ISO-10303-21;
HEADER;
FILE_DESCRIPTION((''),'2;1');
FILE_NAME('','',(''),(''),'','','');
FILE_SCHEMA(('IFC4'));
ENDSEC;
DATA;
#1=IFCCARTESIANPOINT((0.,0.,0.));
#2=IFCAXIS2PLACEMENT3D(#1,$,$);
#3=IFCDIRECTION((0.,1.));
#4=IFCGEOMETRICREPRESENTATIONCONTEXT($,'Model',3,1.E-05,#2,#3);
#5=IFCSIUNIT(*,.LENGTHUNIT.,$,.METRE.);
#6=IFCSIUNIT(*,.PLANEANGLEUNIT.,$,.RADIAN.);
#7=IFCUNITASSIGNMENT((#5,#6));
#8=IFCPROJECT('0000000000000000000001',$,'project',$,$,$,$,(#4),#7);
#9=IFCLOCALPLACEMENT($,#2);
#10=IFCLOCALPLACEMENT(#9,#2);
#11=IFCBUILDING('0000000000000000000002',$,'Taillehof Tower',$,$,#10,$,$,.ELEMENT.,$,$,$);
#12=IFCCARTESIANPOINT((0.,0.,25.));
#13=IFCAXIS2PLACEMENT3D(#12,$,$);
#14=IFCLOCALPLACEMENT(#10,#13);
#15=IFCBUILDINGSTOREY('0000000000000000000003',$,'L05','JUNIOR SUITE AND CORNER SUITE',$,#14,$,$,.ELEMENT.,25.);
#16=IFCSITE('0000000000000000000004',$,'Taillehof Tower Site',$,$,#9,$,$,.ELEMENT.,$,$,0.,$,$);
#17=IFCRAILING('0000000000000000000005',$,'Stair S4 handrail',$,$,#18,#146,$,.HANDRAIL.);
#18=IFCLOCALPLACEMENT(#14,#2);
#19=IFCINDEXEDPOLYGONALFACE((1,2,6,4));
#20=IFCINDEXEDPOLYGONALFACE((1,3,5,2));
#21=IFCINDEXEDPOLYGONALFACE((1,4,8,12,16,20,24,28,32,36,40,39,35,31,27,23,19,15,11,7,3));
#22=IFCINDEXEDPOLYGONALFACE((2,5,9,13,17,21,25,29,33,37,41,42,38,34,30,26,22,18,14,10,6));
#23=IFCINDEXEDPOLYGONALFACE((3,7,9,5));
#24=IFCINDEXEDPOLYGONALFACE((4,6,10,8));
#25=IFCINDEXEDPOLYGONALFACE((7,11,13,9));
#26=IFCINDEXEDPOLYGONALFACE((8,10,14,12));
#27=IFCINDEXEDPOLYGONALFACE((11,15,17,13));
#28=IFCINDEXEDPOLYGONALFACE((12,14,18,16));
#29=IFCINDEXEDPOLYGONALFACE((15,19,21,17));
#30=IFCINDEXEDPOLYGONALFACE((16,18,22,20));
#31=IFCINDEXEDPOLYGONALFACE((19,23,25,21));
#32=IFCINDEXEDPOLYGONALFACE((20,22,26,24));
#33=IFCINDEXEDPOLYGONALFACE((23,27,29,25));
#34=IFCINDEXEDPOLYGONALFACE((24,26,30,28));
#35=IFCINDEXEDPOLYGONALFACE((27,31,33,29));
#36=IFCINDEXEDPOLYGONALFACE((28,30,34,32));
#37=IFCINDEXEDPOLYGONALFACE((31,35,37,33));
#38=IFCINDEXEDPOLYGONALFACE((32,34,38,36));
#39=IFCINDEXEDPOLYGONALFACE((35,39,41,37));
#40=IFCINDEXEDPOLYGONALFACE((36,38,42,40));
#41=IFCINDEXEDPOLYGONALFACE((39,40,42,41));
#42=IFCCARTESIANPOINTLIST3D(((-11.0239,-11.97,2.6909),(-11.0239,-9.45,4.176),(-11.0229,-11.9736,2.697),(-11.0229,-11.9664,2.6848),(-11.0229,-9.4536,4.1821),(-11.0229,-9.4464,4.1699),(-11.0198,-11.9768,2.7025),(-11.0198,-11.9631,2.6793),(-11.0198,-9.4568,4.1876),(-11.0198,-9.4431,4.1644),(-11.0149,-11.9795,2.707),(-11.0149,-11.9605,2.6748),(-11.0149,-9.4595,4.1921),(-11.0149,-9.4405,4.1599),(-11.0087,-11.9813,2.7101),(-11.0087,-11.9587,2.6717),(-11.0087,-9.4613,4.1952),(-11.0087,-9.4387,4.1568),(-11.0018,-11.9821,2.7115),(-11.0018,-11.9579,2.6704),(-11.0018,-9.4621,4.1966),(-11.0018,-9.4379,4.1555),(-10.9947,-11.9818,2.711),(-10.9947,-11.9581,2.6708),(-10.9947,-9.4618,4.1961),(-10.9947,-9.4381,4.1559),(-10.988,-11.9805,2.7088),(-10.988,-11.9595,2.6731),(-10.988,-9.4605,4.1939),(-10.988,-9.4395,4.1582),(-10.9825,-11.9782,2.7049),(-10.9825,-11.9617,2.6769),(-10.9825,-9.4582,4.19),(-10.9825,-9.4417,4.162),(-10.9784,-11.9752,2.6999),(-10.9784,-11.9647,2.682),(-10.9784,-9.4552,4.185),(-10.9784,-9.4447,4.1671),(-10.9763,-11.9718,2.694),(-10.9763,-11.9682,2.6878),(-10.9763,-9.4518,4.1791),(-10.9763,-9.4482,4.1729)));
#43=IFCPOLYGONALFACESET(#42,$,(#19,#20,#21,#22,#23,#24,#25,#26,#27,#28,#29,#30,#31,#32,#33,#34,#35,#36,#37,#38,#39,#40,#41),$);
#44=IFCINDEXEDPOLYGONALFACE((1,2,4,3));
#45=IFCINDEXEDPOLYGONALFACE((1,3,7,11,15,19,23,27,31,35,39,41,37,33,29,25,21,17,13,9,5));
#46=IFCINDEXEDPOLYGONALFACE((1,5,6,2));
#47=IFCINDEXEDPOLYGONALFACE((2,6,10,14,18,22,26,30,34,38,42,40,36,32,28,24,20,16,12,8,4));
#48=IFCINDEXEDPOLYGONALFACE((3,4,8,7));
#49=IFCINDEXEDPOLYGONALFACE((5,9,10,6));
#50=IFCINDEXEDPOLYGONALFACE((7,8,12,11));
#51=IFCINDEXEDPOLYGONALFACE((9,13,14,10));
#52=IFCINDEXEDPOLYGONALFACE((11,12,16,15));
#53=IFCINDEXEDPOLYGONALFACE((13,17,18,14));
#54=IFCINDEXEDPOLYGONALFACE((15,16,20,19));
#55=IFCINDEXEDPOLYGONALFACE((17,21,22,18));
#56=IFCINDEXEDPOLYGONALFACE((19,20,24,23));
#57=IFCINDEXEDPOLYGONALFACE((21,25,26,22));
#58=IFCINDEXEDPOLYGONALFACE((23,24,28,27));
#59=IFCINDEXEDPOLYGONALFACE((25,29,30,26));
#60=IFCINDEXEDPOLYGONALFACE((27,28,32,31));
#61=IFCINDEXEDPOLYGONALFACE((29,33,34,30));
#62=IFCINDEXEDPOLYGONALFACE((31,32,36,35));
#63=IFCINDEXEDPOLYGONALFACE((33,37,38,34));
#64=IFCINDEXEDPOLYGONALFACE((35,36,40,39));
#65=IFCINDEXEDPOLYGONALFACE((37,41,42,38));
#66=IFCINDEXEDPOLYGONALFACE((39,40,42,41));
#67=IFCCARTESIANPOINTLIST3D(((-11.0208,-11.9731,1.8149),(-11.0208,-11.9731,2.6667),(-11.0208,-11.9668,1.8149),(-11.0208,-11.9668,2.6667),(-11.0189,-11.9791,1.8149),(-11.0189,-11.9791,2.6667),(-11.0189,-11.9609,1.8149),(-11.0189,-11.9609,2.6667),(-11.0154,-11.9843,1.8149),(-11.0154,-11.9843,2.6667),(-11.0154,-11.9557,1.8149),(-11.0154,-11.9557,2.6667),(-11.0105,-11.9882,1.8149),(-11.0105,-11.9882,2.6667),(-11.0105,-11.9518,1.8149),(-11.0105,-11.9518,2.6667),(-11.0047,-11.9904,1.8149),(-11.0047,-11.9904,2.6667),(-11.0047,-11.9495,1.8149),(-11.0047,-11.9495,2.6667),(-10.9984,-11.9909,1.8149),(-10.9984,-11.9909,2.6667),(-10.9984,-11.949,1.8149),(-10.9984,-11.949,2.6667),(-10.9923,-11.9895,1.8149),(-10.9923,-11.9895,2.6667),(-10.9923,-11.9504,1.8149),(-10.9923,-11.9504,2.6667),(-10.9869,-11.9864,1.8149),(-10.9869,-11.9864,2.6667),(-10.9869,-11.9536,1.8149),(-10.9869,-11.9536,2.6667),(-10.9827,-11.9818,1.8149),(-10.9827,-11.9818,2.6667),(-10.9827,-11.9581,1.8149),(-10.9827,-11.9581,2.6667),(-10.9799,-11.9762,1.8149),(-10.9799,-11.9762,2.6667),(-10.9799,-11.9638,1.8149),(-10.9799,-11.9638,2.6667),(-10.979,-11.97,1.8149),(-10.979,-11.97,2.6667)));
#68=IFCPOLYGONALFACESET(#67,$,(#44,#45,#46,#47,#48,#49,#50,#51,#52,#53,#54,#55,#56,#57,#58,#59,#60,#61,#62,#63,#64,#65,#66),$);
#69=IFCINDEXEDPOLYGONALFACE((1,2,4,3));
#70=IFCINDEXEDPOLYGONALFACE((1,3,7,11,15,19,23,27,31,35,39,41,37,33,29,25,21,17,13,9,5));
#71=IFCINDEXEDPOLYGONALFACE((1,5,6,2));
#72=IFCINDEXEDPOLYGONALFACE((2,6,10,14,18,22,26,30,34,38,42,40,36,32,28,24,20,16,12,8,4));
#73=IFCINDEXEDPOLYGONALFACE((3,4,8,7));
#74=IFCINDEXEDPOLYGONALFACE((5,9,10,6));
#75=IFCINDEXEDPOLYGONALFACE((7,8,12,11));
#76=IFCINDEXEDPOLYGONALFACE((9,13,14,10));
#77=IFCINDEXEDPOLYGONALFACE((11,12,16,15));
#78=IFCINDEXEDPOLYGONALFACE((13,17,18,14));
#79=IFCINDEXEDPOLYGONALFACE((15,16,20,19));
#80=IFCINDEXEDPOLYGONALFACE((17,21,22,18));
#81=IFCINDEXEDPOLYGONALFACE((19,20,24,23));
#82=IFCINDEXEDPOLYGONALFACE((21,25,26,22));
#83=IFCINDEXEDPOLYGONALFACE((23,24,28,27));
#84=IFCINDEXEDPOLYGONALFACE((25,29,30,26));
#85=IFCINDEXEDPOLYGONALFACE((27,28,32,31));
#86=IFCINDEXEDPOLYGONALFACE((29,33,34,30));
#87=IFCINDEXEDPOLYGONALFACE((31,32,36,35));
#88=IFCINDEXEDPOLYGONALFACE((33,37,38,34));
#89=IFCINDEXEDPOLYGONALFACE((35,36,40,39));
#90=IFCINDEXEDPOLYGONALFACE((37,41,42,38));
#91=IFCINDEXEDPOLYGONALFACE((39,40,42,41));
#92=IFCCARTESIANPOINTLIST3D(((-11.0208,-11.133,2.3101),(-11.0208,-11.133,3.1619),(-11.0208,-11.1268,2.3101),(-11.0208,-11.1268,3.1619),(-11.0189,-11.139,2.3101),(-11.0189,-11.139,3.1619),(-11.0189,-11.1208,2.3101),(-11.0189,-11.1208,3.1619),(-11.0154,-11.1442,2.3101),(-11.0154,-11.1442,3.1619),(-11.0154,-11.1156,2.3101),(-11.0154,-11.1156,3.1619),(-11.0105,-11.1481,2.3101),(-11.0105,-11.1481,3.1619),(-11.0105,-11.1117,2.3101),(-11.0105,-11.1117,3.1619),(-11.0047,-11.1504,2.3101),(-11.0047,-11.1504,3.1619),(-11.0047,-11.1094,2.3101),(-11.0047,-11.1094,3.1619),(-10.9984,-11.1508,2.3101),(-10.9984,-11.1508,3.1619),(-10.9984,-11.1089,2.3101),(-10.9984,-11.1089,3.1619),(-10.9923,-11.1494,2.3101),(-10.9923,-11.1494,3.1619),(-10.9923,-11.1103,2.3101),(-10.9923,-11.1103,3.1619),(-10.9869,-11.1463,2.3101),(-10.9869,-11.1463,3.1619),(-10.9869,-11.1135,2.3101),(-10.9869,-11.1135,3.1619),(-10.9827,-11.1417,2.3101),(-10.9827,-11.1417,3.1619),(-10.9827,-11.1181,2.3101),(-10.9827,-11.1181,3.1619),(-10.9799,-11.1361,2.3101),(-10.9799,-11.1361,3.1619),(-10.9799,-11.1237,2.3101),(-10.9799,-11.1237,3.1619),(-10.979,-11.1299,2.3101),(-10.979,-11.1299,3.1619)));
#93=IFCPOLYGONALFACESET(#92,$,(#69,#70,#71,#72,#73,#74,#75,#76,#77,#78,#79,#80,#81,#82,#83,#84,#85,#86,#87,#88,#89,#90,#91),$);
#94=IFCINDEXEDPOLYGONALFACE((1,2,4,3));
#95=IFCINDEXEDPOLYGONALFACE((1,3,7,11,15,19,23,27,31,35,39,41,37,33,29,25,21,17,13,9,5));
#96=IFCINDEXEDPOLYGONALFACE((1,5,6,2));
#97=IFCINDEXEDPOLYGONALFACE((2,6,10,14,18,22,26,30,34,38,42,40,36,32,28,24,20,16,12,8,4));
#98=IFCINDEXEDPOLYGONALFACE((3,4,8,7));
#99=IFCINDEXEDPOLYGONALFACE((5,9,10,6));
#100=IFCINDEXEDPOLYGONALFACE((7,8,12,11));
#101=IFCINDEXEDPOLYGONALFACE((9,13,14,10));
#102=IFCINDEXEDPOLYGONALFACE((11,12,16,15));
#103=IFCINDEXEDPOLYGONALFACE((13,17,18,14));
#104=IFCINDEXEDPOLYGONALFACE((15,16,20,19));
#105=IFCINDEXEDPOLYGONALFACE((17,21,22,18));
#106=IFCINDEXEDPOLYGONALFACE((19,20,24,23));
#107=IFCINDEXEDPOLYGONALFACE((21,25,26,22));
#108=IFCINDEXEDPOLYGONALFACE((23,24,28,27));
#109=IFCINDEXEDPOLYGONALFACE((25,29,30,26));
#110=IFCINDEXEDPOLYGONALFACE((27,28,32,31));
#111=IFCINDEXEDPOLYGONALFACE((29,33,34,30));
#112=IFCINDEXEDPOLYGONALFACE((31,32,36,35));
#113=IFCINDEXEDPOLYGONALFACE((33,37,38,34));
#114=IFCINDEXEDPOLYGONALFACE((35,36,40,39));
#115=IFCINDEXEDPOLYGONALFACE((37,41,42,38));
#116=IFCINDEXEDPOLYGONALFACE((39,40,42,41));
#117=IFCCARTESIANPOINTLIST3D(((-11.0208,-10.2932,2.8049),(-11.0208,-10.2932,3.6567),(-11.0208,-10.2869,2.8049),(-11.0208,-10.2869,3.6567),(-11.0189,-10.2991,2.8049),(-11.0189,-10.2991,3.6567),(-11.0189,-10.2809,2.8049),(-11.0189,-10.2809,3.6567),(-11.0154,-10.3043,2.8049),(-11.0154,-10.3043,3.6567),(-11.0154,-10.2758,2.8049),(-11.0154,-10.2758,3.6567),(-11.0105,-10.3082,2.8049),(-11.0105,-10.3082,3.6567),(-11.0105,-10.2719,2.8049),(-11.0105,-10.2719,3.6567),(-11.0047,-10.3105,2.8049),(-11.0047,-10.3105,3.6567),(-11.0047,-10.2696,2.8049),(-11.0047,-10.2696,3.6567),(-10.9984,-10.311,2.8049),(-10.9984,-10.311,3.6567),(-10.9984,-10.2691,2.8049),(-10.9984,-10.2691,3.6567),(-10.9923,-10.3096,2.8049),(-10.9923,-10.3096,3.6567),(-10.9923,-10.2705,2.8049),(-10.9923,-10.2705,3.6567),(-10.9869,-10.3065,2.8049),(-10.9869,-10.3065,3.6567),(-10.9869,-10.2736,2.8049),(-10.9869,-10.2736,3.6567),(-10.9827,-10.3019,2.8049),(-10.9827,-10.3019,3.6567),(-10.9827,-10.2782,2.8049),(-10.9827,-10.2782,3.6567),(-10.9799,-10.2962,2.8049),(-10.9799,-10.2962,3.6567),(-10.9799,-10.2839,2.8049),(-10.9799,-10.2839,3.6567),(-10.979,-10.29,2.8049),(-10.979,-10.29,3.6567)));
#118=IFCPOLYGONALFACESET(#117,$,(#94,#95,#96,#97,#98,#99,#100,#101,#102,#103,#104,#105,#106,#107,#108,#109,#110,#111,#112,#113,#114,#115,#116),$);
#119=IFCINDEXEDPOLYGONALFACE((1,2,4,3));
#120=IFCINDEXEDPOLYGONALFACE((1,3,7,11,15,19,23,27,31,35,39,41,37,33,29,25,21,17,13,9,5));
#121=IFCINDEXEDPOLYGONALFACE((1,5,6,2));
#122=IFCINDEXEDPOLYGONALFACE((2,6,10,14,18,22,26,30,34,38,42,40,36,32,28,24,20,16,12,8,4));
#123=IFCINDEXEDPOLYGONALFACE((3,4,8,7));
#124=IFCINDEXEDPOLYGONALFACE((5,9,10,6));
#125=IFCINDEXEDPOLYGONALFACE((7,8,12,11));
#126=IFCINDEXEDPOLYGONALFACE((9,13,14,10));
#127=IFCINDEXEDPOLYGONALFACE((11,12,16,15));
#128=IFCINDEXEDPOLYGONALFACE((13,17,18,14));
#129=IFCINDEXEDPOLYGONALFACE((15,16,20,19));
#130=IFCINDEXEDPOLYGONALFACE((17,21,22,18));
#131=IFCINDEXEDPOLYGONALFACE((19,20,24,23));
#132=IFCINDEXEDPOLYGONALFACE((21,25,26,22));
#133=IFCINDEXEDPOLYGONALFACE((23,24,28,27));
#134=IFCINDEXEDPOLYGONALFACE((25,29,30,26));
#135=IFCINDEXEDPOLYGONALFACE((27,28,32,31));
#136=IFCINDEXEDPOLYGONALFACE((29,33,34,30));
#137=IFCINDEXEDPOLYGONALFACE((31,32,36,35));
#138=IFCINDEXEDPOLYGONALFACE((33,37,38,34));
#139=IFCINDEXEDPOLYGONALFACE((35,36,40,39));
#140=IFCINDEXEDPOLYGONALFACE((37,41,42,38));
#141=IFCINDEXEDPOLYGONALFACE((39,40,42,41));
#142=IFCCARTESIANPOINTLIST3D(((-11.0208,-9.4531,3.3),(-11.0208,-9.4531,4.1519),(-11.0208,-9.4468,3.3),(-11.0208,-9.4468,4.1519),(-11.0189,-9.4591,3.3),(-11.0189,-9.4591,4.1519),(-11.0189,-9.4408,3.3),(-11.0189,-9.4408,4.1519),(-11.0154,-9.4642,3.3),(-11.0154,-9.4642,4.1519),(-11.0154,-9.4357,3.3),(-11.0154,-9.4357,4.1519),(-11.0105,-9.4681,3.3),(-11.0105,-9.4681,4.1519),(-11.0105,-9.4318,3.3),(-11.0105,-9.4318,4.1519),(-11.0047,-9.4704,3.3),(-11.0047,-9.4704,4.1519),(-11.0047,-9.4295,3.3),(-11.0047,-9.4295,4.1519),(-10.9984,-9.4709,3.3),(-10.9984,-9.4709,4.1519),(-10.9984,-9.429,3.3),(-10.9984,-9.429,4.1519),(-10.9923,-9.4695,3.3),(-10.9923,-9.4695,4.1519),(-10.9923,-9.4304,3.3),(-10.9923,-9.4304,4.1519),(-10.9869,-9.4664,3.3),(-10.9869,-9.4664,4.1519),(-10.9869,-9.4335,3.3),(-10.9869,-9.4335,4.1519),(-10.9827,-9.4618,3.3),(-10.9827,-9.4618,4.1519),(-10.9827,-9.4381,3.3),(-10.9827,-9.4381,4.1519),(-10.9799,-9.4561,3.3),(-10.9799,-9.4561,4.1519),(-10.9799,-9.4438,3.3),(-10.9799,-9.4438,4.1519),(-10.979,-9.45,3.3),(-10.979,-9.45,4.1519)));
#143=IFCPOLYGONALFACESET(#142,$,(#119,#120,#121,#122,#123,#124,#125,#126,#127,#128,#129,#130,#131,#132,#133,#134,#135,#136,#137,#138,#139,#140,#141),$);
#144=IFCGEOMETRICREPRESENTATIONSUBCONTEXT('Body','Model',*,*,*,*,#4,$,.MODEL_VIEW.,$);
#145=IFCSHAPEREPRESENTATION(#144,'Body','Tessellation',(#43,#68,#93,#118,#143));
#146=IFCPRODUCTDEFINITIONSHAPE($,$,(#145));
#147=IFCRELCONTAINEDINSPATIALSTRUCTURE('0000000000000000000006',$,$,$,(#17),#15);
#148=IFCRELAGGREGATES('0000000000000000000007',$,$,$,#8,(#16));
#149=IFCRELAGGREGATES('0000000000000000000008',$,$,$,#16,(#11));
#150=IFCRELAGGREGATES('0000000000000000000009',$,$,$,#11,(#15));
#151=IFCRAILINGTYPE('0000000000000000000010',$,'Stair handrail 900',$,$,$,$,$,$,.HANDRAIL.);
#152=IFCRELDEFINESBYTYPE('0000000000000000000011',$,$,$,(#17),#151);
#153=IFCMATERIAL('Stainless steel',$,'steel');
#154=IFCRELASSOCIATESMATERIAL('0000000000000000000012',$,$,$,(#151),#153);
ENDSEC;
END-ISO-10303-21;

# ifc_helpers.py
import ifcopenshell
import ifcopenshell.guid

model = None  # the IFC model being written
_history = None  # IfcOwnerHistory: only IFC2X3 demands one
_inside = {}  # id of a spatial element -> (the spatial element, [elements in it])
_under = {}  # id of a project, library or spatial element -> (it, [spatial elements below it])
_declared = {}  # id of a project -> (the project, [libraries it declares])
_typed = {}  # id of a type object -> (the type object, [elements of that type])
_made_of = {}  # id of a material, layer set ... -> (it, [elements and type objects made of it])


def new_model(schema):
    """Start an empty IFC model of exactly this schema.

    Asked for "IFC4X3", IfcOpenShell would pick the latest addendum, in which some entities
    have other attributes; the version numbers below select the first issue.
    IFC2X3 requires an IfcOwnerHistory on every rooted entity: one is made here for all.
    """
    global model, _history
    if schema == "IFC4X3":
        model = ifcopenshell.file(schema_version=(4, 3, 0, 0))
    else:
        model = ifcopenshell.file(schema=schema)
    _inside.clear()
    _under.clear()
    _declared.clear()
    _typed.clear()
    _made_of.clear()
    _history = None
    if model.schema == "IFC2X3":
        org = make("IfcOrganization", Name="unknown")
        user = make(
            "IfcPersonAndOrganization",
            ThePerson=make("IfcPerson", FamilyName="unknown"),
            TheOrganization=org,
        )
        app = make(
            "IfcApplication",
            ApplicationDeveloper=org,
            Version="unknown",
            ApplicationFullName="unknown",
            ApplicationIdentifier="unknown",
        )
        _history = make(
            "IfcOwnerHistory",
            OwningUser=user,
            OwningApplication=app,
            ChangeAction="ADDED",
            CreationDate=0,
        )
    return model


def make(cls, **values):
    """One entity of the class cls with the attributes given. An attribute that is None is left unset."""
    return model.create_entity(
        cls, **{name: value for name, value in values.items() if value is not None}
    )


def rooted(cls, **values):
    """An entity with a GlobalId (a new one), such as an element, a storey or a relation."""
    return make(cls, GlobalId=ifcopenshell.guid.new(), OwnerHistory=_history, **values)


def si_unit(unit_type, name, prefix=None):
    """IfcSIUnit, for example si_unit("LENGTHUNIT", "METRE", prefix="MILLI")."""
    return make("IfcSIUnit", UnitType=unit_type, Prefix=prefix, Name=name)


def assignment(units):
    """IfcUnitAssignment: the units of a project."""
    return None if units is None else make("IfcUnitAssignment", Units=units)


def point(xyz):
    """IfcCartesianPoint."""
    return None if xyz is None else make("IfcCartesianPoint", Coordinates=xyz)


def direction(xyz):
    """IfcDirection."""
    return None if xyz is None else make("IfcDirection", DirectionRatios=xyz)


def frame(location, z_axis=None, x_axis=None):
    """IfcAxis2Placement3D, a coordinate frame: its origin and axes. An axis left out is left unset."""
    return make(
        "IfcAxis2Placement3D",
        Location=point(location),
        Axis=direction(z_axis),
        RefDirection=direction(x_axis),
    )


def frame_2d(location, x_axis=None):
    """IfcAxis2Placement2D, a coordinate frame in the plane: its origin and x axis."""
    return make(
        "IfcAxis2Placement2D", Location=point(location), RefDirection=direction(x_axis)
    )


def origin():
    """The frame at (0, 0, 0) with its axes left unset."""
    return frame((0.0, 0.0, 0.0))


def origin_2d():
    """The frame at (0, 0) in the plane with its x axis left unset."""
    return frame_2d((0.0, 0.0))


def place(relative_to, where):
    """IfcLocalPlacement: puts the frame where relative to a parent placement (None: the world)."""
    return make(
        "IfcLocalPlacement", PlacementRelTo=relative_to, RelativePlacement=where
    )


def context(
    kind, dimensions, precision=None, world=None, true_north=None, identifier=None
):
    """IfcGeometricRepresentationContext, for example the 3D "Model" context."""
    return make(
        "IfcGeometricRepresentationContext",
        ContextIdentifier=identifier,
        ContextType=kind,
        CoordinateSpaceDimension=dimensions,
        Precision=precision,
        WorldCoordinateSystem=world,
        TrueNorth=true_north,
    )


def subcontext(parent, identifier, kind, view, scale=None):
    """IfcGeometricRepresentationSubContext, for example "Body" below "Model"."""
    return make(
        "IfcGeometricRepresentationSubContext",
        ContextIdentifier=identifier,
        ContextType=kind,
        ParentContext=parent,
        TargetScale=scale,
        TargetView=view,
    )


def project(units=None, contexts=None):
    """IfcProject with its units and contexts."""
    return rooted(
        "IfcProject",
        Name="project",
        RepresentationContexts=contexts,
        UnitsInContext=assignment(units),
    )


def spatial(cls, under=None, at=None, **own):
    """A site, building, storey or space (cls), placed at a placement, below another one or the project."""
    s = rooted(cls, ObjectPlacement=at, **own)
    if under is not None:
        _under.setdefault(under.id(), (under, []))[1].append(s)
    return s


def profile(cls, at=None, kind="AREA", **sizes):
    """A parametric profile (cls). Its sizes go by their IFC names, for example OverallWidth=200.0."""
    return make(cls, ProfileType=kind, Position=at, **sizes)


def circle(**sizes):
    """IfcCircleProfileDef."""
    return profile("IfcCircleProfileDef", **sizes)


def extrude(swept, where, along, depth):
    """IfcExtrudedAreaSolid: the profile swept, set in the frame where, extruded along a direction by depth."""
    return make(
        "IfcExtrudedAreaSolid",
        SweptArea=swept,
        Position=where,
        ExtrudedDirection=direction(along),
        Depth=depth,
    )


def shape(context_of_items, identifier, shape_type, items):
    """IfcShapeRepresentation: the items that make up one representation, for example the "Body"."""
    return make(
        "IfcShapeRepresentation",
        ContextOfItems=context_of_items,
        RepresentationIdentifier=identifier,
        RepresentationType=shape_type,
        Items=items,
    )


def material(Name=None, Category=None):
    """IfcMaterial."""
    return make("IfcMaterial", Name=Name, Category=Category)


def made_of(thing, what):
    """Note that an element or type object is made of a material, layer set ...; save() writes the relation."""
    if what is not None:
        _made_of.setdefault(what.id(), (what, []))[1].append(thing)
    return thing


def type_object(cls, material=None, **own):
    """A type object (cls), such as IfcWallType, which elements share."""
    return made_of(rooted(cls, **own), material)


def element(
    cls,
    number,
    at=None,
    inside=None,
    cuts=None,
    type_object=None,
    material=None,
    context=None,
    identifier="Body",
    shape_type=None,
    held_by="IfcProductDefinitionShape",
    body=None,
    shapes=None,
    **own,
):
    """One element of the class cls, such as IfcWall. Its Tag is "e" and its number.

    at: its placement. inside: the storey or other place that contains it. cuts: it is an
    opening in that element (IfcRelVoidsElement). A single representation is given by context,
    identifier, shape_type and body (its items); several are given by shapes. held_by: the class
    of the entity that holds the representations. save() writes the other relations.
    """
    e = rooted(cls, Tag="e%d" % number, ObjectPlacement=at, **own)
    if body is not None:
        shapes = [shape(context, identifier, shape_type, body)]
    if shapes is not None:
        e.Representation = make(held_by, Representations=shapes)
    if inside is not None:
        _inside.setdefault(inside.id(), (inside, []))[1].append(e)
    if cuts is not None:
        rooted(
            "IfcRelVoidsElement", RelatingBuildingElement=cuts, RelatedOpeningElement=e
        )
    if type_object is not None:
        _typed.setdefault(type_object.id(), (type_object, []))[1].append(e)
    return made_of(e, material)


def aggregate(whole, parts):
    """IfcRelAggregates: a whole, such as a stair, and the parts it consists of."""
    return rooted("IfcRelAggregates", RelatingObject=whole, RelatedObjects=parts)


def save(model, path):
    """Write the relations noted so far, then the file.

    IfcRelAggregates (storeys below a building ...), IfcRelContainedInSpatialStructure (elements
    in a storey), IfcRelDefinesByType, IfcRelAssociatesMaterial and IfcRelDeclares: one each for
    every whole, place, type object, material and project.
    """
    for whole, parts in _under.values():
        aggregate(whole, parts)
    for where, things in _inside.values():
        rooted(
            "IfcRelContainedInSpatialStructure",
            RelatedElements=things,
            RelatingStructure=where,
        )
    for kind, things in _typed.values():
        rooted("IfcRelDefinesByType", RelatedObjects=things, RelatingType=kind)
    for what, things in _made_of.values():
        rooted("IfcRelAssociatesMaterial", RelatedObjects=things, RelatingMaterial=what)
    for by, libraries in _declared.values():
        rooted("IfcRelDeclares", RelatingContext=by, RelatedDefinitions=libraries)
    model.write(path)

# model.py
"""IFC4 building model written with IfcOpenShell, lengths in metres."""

from ifc_helpers import new_model, si_unit, direction, frame, origin, origin_2d, place, context, subcontext, project, spatial, circle, extrude, material, type_object, element, save


model = new_model("IFC4")

# Units and contexts
model_context = context("Model", 3, precision=1e-05, world=origin(), true_north=direction((0.0, 1.0)))
body_context = subcontext(model_context, "Body", "Model", "MODEL_VIEW")
ifc_project = project(units=[si_unit("LENGTHUNIT", "METRE"), si_unit("PLANEANGLEUNIT", "RADIAN")], contexts=[model_context])

# Site, building, storey
site_placement = place(None, origin())
site = spatial("IfcSite", under=ifc_project, at=site_placement, Name="Taillehof Tower Site", CompositionType="ELEMENT", RefElevation=0.0)
building_placement = place(site_placement, origin())
building = spatial("IfcBuilding", under=site, at=building_placement, Name="Taillehof Tower", CompositionType="ELEMENT")
storey_placement = place(building_placement, frame((0.0, 0.0, 25.0)))
storey = spatial("IfcBuildingStorey", under=building, at=storey_placement, Name="L05", Description="JUNIOR SUITE AND CORNER SUITE", CompositionType="ELEMENT", Elevation=25.0)

# Railing
ifc_material_1 = material(Name="Stainless steel", Category="steel")
railing_type = type_object("IfcRailingType", Name="Stair handrail 900", PredefinedType="HANDRAIL", material=ifc_material_1)
railing_placement = place(storey_placement, frame((-11.0, -11.97, 1.8149)))
element("IfcRailing", 1, at=railing_placement, inside=storey, type_object=railing_type, Name="Stair S4 handrail", PredefinedType="HANDRAIL", context=body_context, shape_type="SweptSolid", body=[
    extrude(circle(Radius=0.0239, at=origin_2d()), frame((0.0, 0.0, 0.876), z_axis=(0.0, 0.861524, 0.507717), x_axis=(-1.0, 0.0, 0.0)), (0.0, 0.0, 1.0), 2.925),
    extrude(circle(Radius=0.021, at=origin_2d()), origin(), (0.0, 0.0, 1.0), 0.8518),
    extrude(circle(Radius=0.021, at=origin_2d()), frame((0.0, 0.8401, 0.4951)), (0.0, 0.0, 1.0), 0.8518),
    extrude(circle(Radius=0.021, at=origin_2d()), frame((0.0, 1.6799, 0.99)), (0.0, 0.0, 1.0), 0.8518),
    extrude(circle(Radius=0.021, at=origin_2d()), frame((0.0, 2.52, 1.4851)), (0.0, 0.0, 1.0), 0.8518),
])

save(model, "model.ifc")
